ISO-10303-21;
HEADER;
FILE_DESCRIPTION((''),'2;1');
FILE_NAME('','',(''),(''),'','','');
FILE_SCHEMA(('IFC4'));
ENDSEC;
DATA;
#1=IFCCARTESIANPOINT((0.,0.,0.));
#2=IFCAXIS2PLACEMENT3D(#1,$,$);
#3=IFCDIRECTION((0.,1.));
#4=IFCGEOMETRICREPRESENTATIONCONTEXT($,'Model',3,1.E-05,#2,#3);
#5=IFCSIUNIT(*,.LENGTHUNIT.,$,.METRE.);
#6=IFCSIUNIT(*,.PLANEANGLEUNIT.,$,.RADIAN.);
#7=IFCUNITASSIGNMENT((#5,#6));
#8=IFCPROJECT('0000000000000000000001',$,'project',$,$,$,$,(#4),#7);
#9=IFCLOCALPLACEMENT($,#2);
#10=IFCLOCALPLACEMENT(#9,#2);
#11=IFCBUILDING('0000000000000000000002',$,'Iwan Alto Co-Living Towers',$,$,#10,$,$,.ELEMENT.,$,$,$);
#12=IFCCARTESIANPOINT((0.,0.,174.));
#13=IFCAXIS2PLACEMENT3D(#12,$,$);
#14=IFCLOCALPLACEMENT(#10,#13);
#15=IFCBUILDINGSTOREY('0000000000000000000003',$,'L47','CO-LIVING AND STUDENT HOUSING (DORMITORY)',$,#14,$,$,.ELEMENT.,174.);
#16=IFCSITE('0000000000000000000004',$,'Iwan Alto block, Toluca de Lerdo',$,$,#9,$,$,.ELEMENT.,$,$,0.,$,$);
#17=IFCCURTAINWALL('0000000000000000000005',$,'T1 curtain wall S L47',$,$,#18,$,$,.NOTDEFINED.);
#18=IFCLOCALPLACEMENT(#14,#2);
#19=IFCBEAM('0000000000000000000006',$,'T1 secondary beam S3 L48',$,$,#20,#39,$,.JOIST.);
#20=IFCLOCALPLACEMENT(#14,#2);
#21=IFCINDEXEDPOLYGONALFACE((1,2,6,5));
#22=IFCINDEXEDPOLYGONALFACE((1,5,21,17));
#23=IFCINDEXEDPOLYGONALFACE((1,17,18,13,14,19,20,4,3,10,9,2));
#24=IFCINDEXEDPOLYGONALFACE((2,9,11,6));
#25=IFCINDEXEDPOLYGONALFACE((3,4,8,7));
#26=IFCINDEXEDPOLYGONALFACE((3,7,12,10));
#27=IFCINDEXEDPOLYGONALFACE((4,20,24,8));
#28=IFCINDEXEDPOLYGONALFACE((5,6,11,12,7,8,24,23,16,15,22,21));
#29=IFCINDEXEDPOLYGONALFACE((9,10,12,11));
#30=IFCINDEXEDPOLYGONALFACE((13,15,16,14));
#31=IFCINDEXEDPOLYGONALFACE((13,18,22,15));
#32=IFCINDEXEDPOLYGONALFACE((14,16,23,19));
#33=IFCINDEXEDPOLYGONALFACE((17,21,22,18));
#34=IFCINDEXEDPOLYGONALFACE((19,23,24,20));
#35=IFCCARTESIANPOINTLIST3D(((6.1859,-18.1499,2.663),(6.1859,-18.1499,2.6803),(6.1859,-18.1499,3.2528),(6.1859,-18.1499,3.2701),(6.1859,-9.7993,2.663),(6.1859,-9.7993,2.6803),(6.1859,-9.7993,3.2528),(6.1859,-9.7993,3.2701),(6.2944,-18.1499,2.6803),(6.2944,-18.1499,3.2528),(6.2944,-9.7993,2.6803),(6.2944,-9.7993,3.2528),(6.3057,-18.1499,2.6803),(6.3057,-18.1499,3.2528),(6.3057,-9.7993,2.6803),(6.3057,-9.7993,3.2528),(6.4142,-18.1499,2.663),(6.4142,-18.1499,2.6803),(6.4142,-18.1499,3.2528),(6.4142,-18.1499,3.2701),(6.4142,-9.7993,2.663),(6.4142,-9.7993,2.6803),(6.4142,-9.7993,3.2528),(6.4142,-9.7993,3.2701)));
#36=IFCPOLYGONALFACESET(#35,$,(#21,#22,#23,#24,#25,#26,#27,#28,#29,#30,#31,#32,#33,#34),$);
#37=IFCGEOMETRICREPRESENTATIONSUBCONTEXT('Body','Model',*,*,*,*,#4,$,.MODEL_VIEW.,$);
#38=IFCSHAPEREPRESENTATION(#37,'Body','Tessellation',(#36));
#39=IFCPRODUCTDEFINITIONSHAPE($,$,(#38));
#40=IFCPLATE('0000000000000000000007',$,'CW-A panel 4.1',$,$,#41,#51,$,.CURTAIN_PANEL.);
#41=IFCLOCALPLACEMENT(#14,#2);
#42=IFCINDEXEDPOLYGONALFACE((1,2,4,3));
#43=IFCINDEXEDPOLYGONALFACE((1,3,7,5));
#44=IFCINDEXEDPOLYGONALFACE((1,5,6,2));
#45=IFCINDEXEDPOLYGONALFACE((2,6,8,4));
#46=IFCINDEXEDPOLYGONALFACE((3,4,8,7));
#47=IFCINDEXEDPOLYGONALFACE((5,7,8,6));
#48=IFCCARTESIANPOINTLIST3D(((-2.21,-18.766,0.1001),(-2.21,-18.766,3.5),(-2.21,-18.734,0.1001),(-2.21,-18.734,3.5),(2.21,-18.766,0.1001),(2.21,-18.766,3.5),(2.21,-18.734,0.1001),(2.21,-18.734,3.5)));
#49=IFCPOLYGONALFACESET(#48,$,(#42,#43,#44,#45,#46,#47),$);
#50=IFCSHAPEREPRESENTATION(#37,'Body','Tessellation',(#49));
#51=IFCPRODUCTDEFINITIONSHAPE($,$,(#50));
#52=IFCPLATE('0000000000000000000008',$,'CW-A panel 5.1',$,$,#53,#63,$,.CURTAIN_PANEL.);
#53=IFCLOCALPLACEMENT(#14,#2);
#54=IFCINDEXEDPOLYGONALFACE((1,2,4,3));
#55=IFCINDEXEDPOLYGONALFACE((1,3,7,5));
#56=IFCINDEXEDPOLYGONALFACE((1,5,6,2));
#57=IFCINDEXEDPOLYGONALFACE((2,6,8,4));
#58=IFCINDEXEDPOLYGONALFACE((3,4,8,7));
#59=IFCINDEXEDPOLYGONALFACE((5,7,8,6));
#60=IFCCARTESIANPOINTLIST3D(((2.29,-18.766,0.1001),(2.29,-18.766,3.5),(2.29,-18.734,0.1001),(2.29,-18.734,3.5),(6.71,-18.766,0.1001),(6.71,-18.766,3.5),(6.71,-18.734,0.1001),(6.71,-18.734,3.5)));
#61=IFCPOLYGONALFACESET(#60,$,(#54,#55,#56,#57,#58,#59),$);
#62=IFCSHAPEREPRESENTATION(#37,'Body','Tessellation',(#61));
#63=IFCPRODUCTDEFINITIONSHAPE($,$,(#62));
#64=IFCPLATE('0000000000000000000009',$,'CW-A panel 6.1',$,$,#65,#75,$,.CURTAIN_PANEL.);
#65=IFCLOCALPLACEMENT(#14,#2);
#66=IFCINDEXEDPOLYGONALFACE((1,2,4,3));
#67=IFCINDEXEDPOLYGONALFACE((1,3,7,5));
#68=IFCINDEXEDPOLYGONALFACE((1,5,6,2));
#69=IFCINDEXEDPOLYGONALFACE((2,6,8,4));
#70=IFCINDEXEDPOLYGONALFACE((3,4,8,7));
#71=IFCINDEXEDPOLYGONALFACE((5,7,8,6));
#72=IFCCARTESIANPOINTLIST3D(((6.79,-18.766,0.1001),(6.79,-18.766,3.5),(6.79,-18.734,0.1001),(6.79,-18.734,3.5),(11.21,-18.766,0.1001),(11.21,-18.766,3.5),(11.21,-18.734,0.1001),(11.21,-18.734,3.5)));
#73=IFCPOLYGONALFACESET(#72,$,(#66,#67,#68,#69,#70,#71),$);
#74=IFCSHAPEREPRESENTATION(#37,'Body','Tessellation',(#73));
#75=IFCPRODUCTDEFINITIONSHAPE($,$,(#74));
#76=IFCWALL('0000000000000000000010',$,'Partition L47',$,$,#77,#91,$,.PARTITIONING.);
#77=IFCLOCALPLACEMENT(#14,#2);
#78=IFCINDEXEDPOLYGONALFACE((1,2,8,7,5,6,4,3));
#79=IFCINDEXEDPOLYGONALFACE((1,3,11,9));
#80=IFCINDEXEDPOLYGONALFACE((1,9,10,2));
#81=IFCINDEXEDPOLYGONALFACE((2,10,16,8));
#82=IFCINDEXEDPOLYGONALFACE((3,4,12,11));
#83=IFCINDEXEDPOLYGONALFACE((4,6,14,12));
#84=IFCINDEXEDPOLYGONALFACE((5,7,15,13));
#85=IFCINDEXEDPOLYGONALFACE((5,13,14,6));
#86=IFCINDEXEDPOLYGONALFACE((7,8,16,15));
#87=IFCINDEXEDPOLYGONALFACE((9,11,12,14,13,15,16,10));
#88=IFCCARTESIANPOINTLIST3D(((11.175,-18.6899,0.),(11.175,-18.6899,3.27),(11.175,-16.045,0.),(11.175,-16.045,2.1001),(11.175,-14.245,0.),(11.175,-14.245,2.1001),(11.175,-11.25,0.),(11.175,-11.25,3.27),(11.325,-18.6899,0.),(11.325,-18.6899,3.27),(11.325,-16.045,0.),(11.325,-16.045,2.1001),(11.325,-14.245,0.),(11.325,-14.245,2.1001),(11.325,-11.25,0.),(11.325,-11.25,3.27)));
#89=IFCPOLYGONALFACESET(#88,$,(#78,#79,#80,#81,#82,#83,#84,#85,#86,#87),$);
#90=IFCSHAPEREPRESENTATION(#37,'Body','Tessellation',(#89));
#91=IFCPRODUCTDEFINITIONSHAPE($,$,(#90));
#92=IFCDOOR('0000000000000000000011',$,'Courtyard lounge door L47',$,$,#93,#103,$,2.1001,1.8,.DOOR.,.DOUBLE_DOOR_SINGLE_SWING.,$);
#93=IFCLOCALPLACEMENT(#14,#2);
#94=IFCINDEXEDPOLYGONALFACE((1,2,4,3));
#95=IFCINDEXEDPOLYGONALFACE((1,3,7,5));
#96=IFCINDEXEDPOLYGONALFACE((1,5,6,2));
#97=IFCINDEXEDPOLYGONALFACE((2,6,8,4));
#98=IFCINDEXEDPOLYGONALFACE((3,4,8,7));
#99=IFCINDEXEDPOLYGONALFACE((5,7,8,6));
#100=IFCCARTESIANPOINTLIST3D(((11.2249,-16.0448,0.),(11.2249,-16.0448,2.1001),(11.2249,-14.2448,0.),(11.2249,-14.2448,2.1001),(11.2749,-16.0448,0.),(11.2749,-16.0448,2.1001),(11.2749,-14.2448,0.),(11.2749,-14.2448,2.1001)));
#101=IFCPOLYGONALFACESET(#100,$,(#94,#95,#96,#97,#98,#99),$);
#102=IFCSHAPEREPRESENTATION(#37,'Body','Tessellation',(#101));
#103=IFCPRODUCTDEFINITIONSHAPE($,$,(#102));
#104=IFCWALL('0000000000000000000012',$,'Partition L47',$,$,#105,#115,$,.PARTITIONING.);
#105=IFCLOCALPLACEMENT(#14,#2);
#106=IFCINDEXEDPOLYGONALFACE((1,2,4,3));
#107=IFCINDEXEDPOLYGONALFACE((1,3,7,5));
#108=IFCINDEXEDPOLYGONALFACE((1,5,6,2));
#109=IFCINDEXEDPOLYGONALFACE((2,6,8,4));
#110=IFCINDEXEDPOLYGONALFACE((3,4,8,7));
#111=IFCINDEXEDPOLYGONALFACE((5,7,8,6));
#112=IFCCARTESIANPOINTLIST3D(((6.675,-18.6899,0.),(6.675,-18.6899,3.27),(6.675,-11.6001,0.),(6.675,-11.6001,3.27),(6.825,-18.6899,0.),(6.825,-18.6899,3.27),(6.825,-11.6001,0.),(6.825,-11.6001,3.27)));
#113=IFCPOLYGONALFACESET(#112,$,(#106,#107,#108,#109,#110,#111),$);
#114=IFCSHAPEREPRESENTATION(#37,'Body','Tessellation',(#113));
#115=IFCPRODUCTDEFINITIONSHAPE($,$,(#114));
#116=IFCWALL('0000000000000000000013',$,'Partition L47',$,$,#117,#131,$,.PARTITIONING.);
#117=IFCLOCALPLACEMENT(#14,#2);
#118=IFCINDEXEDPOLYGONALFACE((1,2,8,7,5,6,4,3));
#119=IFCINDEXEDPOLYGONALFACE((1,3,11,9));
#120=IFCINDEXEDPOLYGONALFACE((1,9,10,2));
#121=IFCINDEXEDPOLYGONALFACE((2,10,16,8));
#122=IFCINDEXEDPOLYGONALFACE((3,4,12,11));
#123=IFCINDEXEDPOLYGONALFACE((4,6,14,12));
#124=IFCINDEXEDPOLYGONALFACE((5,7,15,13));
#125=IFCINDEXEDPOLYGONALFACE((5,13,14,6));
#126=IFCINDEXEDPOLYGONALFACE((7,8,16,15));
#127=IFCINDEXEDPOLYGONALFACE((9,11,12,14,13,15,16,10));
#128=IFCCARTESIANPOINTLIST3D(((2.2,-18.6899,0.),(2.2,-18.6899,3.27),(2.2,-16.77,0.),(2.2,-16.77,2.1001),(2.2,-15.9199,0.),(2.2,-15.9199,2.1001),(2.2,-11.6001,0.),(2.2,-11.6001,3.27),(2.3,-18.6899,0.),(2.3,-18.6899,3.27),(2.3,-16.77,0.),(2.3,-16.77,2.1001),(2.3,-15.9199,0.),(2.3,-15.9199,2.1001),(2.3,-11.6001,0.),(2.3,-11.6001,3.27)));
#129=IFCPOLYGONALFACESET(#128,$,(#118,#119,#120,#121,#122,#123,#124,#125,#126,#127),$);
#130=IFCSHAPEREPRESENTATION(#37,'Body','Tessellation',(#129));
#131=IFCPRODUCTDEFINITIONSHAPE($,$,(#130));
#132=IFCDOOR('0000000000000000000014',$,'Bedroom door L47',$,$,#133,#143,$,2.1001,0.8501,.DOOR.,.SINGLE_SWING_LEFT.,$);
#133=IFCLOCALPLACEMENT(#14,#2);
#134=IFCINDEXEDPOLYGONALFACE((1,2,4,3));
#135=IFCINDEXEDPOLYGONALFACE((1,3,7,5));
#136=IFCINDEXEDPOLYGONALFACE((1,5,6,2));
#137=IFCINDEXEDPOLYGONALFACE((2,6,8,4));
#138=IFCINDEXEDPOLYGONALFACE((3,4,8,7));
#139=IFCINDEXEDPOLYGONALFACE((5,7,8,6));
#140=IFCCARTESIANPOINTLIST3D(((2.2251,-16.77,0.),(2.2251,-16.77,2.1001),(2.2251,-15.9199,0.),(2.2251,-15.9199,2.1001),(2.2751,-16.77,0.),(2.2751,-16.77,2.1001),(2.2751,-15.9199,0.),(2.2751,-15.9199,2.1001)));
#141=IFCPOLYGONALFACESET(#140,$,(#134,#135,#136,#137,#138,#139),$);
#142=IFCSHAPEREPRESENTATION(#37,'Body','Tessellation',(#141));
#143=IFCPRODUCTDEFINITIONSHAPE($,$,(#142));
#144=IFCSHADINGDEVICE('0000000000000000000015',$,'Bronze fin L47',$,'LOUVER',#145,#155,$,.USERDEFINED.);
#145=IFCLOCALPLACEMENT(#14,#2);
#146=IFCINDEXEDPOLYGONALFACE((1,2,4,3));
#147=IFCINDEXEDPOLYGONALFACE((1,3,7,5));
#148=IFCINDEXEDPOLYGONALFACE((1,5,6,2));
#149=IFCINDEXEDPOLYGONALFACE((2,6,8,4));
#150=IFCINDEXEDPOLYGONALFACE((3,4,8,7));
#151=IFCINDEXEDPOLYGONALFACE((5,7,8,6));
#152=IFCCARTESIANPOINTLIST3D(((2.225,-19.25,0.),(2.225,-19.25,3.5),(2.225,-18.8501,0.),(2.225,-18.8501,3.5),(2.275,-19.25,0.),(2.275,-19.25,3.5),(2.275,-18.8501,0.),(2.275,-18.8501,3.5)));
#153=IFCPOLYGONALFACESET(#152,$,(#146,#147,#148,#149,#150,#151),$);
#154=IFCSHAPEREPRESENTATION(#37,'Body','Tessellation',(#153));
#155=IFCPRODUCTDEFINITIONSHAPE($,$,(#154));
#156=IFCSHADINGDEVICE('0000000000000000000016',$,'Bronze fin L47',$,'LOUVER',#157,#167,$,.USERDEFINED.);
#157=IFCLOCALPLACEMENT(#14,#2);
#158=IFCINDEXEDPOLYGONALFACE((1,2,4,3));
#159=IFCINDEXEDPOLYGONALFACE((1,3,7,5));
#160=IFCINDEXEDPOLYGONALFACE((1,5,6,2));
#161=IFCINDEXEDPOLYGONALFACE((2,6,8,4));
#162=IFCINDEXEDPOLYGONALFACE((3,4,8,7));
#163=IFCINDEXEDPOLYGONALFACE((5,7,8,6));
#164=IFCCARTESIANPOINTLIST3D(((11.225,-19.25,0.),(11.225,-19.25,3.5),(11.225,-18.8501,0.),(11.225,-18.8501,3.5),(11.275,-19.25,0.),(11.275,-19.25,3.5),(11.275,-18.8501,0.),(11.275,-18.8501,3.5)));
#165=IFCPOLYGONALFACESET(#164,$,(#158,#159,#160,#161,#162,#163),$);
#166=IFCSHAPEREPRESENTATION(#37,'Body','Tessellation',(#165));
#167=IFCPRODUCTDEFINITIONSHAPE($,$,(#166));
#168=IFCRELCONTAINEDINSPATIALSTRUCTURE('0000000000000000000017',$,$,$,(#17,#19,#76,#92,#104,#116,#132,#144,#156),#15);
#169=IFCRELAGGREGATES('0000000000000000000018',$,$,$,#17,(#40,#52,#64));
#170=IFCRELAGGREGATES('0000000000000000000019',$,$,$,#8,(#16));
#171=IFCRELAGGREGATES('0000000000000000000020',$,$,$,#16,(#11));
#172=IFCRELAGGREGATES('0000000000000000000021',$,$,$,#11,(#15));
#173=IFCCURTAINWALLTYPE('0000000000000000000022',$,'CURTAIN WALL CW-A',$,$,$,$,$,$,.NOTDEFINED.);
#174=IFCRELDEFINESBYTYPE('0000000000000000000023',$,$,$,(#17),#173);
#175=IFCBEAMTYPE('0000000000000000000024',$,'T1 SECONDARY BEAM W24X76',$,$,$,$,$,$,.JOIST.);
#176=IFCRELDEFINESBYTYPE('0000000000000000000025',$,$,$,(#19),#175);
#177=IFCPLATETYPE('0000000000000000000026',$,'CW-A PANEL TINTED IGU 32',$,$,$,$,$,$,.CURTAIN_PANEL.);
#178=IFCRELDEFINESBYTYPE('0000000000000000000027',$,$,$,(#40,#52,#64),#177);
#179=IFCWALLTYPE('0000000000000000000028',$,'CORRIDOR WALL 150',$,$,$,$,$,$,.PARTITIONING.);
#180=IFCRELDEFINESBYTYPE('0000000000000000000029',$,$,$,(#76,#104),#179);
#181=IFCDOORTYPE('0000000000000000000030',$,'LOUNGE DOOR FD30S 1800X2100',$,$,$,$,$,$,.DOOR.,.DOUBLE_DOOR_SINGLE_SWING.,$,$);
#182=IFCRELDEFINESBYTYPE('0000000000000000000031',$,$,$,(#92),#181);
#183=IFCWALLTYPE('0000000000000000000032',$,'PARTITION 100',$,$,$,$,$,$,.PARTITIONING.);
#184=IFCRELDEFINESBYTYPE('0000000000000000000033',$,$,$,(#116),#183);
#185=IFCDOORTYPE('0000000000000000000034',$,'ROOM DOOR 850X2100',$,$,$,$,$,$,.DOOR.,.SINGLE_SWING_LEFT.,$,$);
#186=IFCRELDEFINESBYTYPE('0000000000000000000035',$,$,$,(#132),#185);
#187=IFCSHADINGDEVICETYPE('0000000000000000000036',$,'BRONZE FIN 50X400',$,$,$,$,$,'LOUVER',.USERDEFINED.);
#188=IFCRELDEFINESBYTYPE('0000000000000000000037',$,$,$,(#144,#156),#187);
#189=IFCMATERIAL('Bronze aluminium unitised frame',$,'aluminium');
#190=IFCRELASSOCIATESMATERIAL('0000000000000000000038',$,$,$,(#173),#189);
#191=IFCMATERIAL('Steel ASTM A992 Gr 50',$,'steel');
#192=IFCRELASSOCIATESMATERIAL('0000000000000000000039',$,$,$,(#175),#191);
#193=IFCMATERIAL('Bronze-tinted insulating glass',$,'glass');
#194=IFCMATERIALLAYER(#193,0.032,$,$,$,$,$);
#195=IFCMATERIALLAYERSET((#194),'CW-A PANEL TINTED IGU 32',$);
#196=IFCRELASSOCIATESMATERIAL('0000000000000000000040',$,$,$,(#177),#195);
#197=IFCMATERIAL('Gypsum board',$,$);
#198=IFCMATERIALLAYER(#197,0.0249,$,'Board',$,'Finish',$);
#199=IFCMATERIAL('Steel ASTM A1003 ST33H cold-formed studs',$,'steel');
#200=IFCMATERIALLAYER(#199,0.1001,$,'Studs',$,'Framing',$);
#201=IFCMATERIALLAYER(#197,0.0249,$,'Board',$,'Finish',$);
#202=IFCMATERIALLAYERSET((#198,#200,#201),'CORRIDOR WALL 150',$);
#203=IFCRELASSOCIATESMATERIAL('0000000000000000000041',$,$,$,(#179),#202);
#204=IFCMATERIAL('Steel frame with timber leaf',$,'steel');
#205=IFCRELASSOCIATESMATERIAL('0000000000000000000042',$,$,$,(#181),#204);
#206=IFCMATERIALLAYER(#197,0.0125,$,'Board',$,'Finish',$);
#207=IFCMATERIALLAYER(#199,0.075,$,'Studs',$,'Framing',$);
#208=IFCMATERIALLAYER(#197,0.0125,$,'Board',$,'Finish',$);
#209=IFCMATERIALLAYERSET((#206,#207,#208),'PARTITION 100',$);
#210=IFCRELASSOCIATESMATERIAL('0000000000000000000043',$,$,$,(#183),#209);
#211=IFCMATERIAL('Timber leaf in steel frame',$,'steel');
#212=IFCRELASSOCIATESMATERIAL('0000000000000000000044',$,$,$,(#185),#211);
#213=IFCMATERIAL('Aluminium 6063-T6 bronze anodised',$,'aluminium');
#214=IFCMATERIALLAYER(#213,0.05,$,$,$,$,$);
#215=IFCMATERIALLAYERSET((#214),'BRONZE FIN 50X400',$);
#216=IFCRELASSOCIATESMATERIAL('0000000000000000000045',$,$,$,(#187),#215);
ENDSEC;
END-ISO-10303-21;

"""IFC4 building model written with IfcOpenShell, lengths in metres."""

from ifc_helpers import new_model, si_unit, direction, frame, frame_2d, origin, origin_2d, place, context, subcontext, project, spatial, rectangle, i_section, extrude, material, layer, layer_set, material_profile, profile_set, type_object, element, fill, aggregate, save


model = new_model("IFC4")

# Units and contexts
model_context = context("Model", 3, precision=1e-05, world=origin(), true_north=direction((0.0, 1.0)))
body_context = subcontext(model_context, "Body", "Model", "MODEL_VIEW")
ifc_project = project(units=[si_unit("LENGTHUNIT", "METRE"), si_unit("PLANEANGLEUNIT", "RADIAN")], contexts=[model_context])

# Site, building, storey
site_placement = place(None, origin())
site = spatial("IfcSite", under=ifc_project, at=site_placement, Name="Iwan Alto block, Toluca de Lerdo", CompositionType="ELEMENT", RefElevation=0.0)
building_placement = place(site_placement, origin())
building = spatial("IfcBuilding", under=site, at=building_placement, Name="Iwan Alto Co-Living Towers", CompositionType="ELEMENT")
storey_placement = place(building_placement, frame((0.0, 0.0, 174.0)))
storey = spatial("IfcBuildingStorey", under=building, at=storey_placement, Name="L47", Description="CO-LIVING AND STUDENT HOUSING (DORMITORY)", CompositionType="ELEMENT", Elevation=174.0)

# Curtain wall
ifc_material_1 = material(Name="Bronze aluminium unitised frame", Category="aluminium")
curtain_wall_type = type_object("IfcCurtainWallType", Name="CURTAIN WALL CW-A", PredefinedType="NOTDEFINED", material=ifc_material_1)
curtain_wall_placement = place(storey_placement, origin())
curtain_wall = element("IfcCurtainWall", 1, at=curtain_wall_placement, inside=storey, type_object=curtain_wall_type, Name="T1 curtain wall S L47", PredefinedType="NOTDEFINED")

# Beam
ifc_material_2 = material(Name="Steel ASTM A992 Gr 50", Category="steel")
ifc_material_profile_1 = material_profile(ifc_material_2, i_section(OverallWidth=0.2283, OverallDepth=0.6072, WebThickness=0.0112, FlangeThickness=0.0173, at=origin_2d()), Name="W24X76")
ifc_profile_set_1 = profile_set([ifc_material_profile_1], Name="Steel ASTM A992 Gr 50")
beam_type_1 = type_object("IfcBeamType", Name="T1 SECONDARY BEAM W24X76", PredefinedType="JOIST", material=ifc_profile_set_1)
for number, where, z_axis, x_axis, name in (
    (2, (6.3, -18.1499, 2.9666), (0.0, 1.0, 0.0), (-1.0, 0.0, 0.0), "T1 secondary beam S3 L48"),
):
    element("IfcBeam", number, at=place(storey_placement, frame(where, z_axis=z_axis, x_axis=x_axis)), inside=storey, type_object=beam_type_1, Name=name, PredefinedType="JOIST", context=body_context, shape_type="SweptSolid", body=[
        extrude(i_section(OverallWidth=0.2283, OverallDepth=0.6072, WebThickness=0.0112, FlangeThickness=0.0173, at=origin_2d()), origin(), (0.0, 0.0, 1.0), 8.3506),
    ])

# Plates
ifc_material_3 = material(Name="Bronze-tinted insulating glass", Category="glass")
ifc_layer_1 = layer(ifc_material_3, 0.032)
ifc_layer_set_1 = layer_set([ifc_layer_1], Name="CW-A PANEL TINTED IGU 32")
plate_type = type_object("IfcPlateType", Name="CW-A PANEL TINTED IGU 32", PredefinedType="CURTAIN_PANEL", material=ifc_layer_set_1)
plate_1_placement = place(storey_placement, frame((0.0, -18.75, 0.1001), z_axis=(0.0, 0.0, 1.0), x_axis=(1.0, 0.0, 0.0)))
plate_1 = element("IfcPlate", 3, at=plate_1_placement, type_object=plate_type, Name="CW-A panel 4.1", PredefinedType="CURTAIN_PANEL", context=body_context, shape_type="SweptSolid", body=[
    extrude(rectangle(XDim=4.4199, YDim=0.032, at=origin_2d()), origin(), (0.0, 0.0, 1.0), 3.3999),
])
plate_2_placement = place(storey_placement, frame((4.5, -18.75, 0.1001), z_axis=(0.0, 0.0, 1.0), x_axis=(1.0, 0.0, 0.0)))
plate_2 = element("IfcPlate", 4, at=plate_2_placement, type_object=plate_type, Name="CW-A panel 5.1", PredefinedType="CURTAIN_PANEL", context=body_context, shape_type="SweptSolid", body=[
    extrude(rectangle(XDim=4.4199, YDim=0.032, at=origin_2d()), origin(), (0.0, 0.0, 1.0), 3.3999),
])
plate_3_placement = place(storey_placement, frame((9.0, -18.75, 0.1001), z_axis=(0.0, 0.0, 1.0), x_axis=(1.0, 0.0, 0.0)))
plate_3 = element("IfcPlate", 5, at=plate_3_placement, type_object=plate_type, Name="CW-A panel 6.1", PredefinedType="CURTAIN_PANEL", context=body_context, shape_type="SweptSolid", body=[
    extrude(rectangle(XDim=4.4199, YDim=0.032, at=origin_2d()), origin(), (0.0, 0.0, 1.0), 3.3999),
])
aggregate(curtain_wall, [plate_1, plate_2, plate_3])

# Wall, opening, door
ifc_material_4 = material(Name="Gypsum board")
ifc_layer_2 = layer(ifc_material_4, 0.0249, Name="Board", Category="Finish")
ifc_material_5 = material(Name="Steel ASTM A1003 ST33H cold-formed studs", Category="steel")
ifc_layer_3 = layer(ifc_material_5, 0.1001, Name="Studs", Category="Framing")
ifc_layer_4 = layer(ifc_material_4, 0.0249, Name="Board", Category="Finish")
ifc_layer_set_2 = layer_set([ifc_layer_2, ifc_layer_3, ifc_layer_4], Name="CORRIDOR WALL 150")
wall_type_1 = type_object("IfcWallType", Name="CORRIDOR WALL 150", PredefinedType="PARTITIONING", material=ifc_layer_set_2)
wall_1_placement = place(storey_placement, frame((11.25, -18.6899, 0.0), z_axis=(0.0, 0.0, 1.0), x_axis=(0.0, 1.0, 0.0)))
wall_1 = element("IfcWall", 6, at=wall_1_placement, inside=storey, type_object=wall_type_1, Name="Partition L47", PredefinedType="PARTITIONING", context=body_context, shape_type="SweptSolid", body=[
    extrude(rectangle(XDim=7.4399, YDim=0.1499, at=frame_2d((3.72, 0.0))), origin(), (0.0, 0.0, 1.0), 3.27),
])
opening_1_placement = place(wall_1_placement, frame((2.645, 0.0, 0.0)))
opening_1 = element("IfcOpeningElement", 7, at=opening_1_placement, cuts=wall_1, PredefinedType="OPENING", context=body_context, shape_type="SweptSolid", body=[
    extrude(rectangle(XDim=1.8, YDim=2.1001, at=frame_2d((0.8999, 1.05))), frame((0.0, 0.085, 0.0), z_axis=(0.0, -1.0, 0.0), x_axis=(1.0, 0.0, 0.0)), (0.0, 0.0, 1.0), 0.1699),
])
ifc_material_6 = material(Name="Steel frame with timber leaf", Category="steel")
door_type_1 = type_object("IfcDoorType", Name="LOUNGE DOOR FD30S 1800X2100", OperationType="DOUBLE_DOOR_SINGLE_SWING", PredefinedType="DOOR", material=ifc_material_6)
door_1_placement = place(opening_1_placement, frame((1.8, 0.0, 0.0), z_axis=(0.0, 0.0, 1.0), x_axis=(-1.0, 0.0, 0.0)))
door_1 = element("IfcDoor", 8, at=door_1_placement, inside=storey, type_object=door_type_1, Name="Courtyard lounge door L47", OperationType="DOUBLE_DOOR_SINGLE_SWING", OverallHeight=2.1001, OverallWidth=1.8, PredefinedType="DOOR", context=body_context, shape_type="SweptSolid", body=[
    extrude(rectangle(XDim=1.8, YDim=2.1001, at=frame_2d((0.8999, 1.05))), frame((0.0, 0.0249, 0.0), z_axis=(0.0, -1.0, 0.0), x_axis=(1.0, 0.0, 0.0)), (0.0, 0.0, 1.0), 0.05),
])
fill(opening_1, door_1)

# Wall
wall_2_placement = place(storey_placement, frame((6.75, -18.6899, 0.0), z_axis=(0.0, 0.0, 1.0), x_axis=(0.0, 1.0, 0.0)))
element("IfcWall", 9, at=wall_2_placement, inside=storey, type_object=wall_type_1, Name="Partition L47", PredefinedType="PARTITIONING", context=body_context, shape_type="SweptSolid", body=[
    extrude(rectangle(XDim=7.0898, YDim=0.1499, at=frame_2d((3.5449, 0.0))), origin(), (0.0, 0.0, 1.0), 3.27),
])

# Wall, opening, door
ifc_layer_5 = layer(ifc_material_4, 0.0125, Name="Board", Category="Finish")
ifc_layer_6 = layer(ifc_material_5, 0.075, Name="Studs", Category="Framing")
ifc_layer_7 = layer(ifc_material_4, 0.0125, Name="Board", Category="Finish")
ifc_layer_set_3 = layer_set([ifc_layer_5, ifc_layer_6, ifc_layer_7], Name="PARTITION 100")
wall_type_2 = type_object("IfcWallType", Name="PARTITION 100", PredefinedType="PARTITIONING", material=ifc_layer_set_3)
wall_3_placement = place(storey_placement, frame((2.25, -18.6899, 0.0), z_axis=(0.0, 0.0, 1.0), x_axis=(0.0, 1.0, 0.0)))
wall_3 = element("IfcWall", 10, at=wall_3_placement, inside=storey, type_object=wall_type_2, Name="Partition L47", PredefinedType="PARTITIONING", context=body_context, shape_type="SweptSolid", body=[
    extrude(rectangle(XDim=7.0898, YDim=0.1001, at=frame_2d((3.5449, 0.0))), origin(), (0.0, 0.0, 1.0), 3.27),
])
opening_2_placement = place(wall_3_placement, frame((1.9199, 0.0, 0.0)))
opening_2 = element("IfcOpeningElement", 11, at=opening_2_placement, cuts=wall_3, PredefinedType="OPENING", context=body_context, shape_type="SweptSolid", body=[
    extrude(rectangle(XDim=0.8501, YDim=2.1001, at=frame_2d((0.425, 1.05))), frame((0.0, 0.0601, 0.0), z_axis=(0.0, -1.0, 0.0), x_axis=(1.0, 0.0, 0.0)), (0.0, 0.0, 1.0), 0.1201),
])
ifc_material_7 = material(Name="Timber leaf in steel frame", Category="steel")
door_type_2 = type_object("IfcDoorType", Name="ROOM DOOR 850X2100", OperationType="SINGLE_SWING_LEFT", PredefinedType="DOOR", material=ifc_material_7)
door_2_placement = place(opening_2_placement, origin())
door_2 = element("IfcDoor", 12, at=door_2_placement, inside=storey, type_object=door_type_2, Name="Bedroom door L47", OperationType="SINGLE_SWING_LEFT", OverallHeight=2.1001, OverallWidth=0.8501, PredefinedType="DOOR", context=body_context, shape_type="SweptSolid", body=[
    extrude(rectangle(XDim=0.8501, YDim=2.1001, at=frame_2d((0.425, 1.05))), frame((0.0, 0.0249, 0.0), z_axis=(0.0, -1.0, 0.0), x_axis=(1.0, 0.0, 0.0)), (0.0, 0.0, 1.0), 0.05),
])
fill(opening_2, door_2)

# Shading devices
ifc_material_8 = material(Name="Aluminium 6063-T6 bronze anodised", Category="aluminium")
ifc_layer_8 = layer(ifc_material_8, 0.05)
ifc_layer_set_4 = layer_set([ifc_layer_8], Name="BRONZE FIN 50X400")
shading_device_type = type_object("IfcShadingDeviceType", Name="BRONZE FIN 50X400", ElementType="LOUVER", PredefinedType="USERDEFINED", material=ifc_layer_set_4)
for number, where, z_axis, x_axis, name in (
    (13, (2.25, -19.05, 0.0), (0.0, 0.0, 1.0), (1.0, 0.0, 0.0), "Bronze fin L47"),
    (14, (11.25, -19.05, 0.0), (0.0, 0.0, 1.0), (1.0, 0.0, 0.0), "Bronze fin L47"),
):
    element("IfcShadingDevice", number, at=place(storey_placement, frame(where, z_axis=z_axis, x_axis=x_axis)), inside=storey, type_object=shading_device_type, Name=name, ObjectType="LOUVER", PredefinedType="USERDEFINED", context=body_context, shape_type="SweptSolid", body=[
        extrude(rectangle(XDim=0.05, YDim=0.3999, at=origin_2d()), origin(), (0.0, 0.0, 1.0), 3.5),
    ])

save(model, "model.ifc")
